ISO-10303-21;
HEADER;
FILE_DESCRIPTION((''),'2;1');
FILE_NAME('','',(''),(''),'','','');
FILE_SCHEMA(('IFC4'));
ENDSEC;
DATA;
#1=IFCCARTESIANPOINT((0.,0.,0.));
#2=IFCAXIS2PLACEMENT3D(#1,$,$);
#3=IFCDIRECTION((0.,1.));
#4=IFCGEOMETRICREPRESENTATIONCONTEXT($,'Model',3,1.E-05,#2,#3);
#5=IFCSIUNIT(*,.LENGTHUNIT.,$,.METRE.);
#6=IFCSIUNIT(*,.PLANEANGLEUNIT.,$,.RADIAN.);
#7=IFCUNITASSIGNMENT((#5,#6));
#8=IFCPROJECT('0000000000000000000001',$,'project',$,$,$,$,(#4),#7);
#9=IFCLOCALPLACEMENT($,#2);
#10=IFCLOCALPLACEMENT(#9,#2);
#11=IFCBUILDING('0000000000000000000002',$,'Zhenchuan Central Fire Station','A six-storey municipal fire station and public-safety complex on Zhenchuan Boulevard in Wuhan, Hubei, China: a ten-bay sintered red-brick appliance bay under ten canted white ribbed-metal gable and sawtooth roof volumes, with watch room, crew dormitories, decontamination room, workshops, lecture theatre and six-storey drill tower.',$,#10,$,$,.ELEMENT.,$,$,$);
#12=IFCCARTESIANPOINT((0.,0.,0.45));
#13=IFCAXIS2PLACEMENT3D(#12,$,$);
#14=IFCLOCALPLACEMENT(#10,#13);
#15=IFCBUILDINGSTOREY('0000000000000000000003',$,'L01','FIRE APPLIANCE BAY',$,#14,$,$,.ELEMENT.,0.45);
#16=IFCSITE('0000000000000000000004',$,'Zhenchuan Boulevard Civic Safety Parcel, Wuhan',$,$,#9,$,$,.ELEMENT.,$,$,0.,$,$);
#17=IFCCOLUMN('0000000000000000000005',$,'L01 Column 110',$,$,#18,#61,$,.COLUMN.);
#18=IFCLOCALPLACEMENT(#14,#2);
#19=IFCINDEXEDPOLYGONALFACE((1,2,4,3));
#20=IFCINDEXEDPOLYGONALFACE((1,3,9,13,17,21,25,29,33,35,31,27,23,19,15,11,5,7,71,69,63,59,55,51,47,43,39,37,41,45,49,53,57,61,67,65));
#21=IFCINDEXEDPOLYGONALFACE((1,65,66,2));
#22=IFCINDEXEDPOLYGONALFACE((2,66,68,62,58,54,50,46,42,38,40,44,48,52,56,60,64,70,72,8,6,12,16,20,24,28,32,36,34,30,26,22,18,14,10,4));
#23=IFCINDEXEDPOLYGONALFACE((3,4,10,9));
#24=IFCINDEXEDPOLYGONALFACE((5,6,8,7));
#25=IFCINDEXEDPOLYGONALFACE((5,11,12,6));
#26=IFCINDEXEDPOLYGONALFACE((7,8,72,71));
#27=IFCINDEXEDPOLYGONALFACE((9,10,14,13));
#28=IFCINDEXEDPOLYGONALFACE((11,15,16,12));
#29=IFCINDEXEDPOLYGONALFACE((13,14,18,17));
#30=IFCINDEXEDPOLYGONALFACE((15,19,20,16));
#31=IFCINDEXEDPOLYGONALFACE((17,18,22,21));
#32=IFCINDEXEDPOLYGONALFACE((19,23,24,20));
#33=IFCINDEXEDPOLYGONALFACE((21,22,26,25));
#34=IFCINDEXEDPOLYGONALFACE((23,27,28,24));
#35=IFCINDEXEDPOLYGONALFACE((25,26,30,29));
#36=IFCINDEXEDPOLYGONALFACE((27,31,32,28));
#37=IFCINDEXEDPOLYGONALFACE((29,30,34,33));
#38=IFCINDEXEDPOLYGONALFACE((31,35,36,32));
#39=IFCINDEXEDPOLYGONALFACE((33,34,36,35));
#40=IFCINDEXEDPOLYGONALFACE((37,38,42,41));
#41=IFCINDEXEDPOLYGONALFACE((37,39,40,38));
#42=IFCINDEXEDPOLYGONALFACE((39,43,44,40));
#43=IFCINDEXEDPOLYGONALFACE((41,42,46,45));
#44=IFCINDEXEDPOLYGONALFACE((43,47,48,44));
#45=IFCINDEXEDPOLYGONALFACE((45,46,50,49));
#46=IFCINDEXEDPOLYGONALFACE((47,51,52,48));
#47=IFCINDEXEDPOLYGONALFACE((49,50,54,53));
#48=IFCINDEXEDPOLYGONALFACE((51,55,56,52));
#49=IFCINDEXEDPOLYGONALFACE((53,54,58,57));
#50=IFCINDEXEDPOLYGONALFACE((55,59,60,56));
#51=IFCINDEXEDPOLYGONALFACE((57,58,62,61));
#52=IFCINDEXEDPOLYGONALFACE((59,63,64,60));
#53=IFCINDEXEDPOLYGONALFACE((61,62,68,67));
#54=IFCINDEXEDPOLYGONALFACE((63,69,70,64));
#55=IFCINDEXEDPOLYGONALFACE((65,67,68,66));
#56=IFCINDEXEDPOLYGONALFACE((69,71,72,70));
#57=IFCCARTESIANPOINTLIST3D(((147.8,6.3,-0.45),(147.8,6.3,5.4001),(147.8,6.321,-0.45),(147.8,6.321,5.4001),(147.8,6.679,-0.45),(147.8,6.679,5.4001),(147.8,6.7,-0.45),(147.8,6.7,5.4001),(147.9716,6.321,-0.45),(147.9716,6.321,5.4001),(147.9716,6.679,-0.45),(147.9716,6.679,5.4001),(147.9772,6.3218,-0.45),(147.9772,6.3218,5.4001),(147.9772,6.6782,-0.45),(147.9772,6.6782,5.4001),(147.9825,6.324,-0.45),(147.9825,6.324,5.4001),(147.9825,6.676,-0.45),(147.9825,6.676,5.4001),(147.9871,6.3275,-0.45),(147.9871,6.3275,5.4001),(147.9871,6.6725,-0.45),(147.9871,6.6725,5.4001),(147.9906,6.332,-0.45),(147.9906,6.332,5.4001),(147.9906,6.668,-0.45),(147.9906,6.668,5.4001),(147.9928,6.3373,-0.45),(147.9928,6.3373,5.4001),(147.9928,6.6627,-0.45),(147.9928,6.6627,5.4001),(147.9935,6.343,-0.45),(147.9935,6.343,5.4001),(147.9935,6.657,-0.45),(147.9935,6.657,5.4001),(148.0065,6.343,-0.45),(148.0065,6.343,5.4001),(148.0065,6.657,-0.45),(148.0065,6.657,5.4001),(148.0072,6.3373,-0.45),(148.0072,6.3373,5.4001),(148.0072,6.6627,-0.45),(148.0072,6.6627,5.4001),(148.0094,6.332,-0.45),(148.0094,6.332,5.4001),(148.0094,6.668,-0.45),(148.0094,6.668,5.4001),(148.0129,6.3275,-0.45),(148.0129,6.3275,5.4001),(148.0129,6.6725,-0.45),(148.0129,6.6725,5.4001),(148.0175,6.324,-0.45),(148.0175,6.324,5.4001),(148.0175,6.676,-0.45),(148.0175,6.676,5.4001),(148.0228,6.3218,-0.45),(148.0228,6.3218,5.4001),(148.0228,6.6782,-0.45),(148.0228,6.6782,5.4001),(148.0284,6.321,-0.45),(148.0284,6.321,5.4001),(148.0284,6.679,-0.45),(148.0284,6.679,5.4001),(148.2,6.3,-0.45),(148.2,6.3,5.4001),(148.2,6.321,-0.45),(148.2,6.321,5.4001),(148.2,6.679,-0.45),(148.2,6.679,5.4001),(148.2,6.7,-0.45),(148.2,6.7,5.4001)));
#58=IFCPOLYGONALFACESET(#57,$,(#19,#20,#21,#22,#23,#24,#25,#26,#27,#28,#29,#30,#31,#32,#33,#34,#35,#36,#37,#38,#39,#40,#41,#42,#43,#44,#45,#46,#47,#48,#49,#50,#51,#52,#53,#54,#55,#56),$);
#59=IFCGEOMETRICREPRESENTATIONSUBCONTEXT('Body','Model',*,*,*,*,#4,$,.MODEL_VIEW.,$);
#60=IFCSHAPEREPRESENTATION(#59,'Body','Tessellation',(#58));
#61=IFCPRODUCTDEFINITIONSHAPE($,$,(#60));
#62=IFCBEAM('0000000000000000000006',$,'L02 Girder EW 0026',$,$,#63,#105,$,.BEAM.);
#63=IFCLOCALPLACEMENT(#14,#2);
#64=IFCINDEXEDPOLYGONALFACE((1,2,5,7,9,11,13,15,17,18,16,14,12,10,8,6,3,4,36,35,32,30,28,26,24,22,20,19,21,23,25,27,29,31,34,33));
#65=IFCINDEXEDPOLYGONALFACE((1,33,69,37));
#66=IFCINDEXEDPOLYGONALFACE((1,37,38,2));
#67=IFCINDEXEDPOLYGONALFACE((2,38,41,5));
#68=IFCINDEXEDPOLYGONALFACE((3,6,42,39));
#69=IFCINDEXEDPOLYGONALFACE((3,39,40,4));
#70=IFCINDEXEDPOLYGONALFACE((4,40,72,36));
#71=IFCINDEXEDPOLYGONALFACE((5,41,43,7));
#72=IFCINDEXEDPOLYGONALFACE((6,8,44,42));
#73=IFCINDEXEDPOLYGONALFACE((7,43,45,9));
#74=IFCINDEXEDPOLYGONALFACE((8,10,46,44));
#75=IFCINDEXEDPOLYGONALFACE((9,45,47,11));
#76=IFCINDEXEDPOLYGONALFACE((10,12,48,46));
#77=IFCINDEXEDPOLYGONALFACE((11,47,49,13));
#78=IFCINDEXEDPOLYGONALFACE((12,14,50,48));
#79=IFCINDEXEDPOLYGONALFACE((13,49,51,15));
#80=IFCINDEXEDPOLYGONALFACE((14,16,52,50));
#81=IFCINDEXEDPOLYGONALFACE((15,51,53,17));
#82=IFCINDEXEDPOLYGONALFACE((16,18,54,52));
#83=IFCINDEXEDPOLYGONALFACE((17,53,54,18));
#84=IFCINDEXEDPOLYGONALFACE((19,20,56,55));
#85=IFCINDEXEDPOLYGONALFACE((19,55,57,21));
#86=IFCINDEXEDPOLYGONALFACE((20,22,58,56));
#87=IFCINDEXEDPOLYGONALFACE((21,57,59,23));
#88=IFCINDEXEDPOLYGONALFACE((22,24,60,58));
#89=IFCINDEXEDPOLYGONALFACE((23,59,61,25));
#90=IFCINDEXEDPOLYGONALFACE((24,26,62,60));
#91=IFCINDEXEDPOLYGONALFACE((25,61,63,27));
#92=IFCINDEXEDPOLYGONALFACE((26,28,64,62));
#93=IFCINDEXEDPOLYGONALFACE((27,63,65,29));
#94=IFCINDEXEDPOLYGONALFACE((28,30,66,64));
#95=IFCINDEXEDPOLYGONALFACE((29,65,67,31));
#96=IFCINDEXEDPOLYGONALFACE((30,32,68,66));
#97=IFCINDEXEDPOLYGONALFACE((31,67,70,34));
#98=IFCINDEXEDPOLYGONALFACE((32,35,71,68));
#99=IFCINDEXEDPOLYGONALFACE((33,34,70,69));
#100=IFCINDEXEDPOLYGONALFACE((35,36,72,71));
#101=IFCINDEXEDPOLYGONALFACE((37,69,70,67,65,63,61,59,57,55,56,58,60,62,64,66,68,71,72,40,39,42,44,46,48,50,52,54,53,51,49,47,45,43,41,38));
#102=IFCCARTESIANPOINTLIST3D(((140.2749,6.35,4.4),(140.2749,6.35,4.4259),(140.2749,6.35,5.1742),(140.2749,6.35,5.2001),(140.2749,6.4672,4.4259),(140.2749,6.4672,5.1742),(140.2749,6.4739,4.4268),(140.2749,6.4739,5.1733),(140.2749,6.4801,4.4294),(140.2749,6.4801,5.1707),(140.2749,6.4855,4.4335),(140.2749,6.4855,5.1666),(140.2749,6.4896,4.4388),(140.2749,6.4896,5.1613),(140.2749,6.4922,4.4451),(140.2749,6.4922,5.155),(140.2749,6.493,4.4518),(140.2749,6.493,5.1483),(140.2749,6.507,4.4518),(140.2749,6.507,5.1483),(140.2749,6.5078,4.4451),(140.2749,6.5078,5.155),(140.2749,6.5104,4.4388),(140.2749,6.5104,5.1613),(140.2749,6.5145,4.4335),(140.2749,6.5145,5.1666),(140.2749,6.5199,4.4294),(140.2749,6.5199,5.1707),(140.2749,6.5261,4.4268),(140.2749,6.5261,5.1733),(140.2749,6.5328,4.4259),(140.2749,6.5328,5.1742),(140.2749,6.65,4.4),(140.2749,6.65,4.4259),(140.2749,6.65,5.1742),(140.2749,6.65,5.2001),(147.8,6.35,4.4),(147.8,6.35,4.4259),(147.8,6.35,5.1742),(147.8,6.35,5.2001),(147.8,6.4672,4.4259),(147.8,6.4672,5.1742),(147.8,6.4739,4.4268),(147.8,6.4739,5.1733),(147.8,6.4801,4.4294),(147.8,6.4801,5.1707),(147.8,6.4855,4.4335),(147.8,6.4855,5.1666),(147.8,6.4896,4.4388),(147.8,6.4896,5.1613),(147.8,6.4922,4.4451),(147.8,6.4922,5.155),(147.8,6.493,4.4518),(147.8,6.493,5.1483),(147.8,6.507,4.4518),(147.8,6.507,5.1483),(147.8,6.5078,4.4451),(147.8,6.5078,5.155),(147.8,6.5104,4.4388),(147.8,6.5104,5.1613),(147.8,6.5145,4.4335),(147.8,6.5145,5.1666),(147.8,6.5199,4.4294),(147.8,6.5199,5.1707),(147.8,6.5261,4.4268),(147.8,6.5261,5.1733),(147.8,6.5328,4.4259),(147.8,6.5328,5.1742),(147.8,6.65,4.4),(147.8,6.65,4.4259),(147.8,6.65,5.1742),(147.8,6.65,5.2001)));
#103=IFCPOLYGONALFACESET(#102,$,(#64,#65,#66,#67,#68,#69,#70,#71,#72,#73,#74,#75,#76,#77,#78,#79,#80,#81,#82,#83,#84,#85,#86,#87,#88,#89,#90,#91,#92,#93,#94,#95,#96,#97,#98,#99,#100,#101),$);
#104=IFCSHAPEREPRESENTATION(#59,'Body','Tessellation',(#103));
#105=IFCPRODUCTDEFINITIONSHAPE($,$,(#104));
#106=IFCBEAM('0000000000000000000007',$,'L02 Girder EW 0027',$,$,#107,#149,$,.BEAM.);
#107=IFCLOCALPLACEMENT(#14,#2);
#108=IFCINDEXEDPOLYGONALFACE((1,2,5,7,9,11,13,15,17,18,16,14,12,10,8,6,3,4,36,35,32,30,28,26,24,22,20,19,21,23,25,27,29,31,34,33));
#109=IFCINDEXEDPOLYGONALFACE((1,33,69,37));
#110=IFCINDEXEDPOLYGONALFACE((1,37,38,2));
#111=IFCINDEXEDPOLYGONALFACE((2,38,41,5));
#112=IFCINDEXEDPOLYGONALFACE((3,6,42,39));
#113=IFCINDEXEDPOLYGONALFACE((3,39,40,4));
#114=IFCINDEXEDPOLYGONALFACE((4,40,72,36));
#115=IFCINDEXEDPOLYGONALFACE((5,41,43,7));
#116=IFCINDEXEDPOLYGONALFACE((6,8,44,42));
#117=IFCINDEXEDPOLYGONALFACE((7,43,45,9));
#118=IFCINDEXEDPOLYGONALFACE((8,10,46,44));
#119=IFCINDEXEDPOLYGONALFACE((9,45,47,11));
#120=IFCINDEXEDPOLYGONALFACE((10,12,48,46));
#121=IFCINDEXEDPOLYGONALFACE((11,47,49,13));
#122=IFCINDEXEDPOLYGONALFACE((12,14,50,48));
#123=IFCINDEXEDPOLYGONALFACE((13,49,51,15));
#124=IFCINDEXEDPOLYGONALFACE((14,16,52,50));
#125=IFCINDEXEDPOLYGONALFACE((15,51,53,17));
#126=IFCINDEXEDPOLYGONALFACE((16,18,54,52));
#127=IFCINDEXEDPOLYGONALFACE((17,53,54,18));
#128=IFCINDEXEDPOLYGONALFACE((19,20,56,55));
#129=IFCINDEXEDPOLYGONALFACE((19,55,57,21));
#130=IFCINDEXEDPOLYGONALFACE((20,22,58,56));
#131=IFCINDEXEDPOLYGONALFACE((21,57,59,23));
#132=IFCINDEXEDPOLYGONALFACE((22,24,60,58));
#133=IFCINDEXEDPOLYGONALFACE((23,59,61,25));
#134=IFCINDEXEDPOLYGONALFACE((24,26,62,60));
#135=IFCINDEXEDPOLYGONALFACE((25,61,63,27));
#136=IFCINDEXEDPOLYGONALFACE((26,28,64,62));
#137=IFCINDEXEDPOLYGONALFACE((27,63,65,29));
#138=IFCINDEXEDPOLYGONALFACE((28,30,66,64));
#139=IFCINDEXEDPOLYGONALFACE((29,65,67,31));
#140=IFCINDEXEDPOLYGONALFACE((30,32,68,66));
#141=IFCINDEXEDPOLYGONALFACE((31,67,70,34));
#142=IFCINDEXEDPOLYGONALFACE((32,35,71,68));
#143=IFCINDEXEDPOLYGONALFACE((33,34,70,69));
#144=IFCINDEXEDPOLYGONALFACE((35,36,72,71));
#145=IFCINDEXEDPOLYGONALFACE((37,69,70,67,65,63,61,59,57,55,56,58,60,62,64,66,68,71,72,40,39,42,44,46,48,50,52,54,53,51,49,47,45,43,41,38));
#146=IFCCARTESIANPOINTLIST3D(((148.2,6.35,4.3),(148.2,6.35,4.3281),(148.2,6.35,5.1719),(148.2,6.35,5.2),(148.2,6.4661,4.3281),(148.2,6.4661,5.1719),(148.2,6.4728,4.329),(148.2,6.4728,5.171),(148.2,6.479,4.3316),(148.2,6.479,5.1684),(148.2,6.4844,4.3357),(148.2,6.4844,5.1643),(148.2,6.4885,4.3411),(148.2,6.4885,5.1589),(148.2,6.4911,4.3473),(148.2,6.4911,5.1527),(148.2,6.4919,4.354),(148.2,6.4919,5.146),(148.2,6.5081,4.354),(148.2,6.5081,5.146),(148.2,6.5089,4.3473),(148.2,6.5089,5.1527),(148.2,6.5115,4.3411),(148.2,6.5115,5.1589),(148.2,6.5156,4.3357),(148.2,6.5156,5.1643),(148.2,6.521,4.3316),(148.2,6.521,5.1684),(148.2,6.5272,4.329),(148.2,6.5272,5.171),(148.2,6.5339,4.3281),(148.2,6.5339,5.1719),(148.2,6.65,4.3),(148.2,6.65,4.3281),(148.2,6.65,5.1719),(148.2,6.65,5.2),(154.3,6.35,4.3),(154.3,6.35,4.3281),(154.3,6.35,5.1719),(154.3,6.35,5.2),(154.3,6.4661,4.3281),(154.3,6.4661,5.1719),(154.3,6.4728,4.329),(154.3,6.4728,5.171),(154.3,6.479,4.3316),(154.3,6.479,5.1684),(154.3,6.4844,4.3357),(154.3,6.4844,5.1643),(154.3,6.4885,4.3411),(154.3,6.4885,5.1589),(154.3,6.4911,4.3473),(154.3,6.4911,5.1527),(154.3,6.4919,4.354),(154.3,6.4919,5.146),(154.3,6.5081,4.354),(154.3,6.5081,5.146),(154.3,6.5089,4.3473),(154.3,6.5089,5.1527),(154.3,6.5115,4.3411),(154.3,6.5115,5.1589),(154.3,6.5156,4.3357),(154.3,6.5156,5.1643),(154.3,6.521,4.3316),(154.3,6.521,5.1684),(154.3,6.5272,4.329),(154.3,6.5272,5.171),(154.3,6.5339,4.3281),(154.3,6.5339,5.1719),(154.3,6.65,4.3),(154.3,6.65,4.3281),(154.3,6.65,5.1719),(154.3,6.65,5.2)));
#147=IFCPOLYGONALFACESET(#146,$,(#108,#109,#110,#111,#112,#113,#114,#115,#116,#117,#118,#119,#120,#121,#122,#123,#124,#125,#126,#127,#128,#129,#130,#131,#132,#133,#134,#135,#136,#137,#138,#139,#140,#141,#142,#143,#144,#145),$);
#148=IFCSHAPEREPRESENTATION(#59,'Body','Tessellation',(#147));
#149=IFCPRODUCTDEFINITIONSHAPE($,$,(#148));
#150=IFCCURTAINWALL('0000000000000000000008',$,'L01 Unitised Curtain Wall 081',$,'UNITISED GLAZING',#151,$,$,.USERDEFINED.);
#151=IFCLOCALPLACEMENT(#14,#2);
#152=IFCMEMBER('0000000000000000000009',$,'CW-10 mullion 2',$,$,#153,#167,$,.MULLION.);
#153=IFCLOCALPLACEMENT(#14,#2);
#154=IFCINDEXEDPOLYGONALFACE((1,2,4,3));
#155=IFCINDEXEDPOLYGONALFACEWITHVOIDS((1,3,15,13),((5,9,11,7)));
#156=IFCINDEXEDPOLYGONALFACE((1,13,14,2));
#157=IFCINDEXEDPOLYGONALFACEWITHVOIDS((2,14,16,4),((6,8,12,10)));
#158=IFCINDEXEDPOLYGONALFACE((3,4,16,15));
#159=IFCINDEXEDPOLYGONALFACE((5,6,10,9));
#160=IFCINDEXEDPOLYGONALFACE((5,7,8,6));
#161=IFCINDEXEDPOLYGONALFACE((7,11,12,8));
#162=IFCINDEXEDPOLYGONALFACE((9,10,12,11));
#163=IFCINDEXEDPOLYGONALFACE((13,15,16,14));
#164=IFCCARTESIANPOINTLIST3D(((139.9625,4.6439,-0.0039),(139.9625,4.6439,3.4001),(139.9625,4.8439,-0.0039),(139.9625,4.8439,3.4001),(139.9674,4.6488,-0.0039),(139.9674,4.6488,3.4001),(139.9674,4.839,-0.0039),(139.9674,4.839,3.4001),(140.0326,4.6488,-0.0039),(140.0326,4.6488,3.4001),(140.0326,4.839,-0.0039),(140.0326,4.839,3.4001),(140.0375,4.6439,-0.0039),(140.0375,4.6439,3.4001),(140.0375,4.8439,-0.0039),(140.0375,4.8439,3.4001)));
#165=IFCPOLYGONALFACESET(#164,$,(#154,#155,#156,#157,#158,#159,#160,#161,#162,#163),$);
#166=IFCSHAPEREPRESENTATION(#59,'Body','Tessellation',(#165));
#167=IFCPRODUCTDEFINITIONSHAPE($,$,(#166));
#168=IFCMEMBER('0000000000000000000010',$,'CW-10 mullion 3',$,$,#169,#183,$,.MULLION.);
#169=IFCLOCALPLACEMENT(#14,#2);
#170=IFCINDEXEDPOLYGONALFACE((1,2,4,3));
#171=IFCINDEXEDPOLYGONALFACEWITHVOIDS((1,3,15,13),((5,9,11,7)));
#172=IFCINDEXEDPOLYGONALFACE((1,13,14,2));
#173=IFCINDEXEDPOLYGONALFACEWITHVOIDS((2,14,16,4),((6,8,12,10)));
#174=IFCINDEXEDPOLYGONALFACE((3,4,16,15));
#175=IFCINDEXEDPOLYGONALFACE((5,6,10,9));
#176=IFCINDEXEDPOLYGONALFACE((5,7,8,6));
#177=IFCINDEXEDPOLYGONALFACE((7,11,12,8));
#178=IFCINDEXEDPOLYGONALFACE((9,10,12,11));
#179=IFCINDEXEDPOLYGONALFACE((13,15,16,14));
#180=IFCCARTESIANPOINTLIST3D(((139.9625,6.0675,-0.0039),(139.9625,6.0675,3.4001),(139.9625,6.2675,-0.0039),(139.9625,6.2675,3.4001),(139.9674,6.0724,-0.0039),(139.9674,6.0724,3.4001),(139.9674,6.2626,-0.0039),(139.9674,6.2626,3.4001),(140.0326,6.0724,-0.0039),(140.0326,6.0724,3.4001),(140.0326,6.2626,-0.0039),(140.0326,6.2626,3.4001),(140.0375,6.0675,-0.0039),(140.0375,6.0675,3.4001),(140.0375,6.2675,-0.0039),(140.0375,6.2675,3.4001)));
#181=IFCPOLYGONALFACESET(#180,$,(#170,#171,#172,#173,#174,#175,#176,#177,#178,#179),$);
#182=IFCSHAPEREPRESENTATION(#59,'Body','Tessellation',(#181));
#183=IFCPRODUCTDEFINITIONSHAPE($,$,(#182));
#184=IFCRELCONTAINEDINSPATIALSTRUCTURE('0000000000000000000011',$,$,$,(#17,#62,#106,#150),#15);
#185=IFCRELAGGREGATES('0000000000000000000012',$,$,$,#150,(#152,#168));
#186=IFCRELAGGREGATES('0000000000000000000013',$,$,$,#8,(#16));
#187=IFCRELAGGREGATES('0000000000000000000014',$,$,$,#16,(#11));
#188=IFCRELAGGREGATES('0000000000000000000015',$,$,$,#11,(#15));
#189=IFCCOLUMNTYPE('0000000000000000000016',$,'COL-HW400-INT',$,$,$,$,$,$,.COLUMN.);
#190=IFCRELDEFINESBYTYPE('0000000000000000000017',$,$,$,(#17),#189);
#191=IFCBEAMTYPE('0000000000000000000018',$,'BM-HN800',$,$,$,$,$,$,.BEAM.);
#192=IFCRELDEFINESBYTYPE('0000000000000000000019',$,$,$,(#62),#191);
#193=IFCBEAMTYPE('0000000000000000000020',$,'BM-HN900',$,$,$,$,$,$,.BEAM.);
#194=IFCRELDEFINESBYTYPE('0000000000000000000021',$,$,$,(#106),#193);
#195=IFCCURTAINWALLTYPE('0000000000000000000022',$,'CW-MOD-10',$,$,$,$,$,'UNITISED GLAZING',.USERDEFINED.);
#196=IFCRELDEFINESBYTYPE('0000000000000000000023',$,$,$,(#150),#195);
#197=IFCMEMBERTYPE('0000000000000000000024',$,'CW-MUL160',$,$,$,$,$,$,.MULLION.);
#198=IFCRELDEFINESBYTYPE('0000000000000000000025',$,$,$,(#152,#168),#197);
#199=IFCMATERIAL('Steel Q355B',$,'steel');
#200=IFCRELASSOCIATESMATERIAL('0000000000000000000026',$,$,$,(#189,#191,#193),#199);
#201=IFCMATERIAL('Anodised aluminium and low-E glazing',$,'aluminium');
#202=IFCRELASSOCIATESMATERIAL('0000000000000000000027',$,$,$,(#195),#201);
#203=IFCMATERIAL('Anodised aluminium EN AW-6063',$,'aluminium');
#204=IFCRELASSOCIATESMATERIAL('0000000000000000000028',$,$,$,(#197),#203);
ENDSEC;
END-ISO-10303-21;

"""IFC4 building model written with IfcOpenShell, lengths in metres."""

from ifc_helpers import new_model, si_unit, direction, frame, origin, origin_2d, place, context, subcontext, project, spatial, hollow_rectangle, i_section, extrude, material, material_profile, profile_set, type_object, element, aggregate, save


model = new_model("IFC4")

# Units and contexts
model_context = context("Model", 3, precision=1e-05, world=origin(), true_north=direction((0.0, 1.0)))
body_context = subcontext(model_context, "Body", "Model", "MODEL_VIEW")
ifc_project = project(units=[si_unit("LENGTHUNIT", "METRE"), si_unit("PLANEANGLEUNIT", "RADIAN")], contexts=[model_context])

# Site, building, storey
site_placement = place(None, origin())
site = spatial("IfcSite", under=ifc_project, at=site_placement, Name="Zhenchuan Boulevard Civic Safety Parcel, Wuhan", CompositionType="ELEMENT", RefElevation=0.0)
building_placement = place(site_placement, origin())
building = spatial("IfcBuilding", under=site, at=building_placement, Name="Zhenchuan Central Fire Station", Description="A six-storey municipal fire station and public-safety complex on Zhenchuan Boulevard in Wuhan, Hubei, China: a ten-bay sintered red-brick appliance bay under ten canted white ribbed-metal gable and sawtooth roof volumes, with watch room, crew dormitories, decontamination room, workshops, lecture theatre and six-storey drill tower.", CompositionType="ELEMENT")
storey_placement = place(building_placement, frame((0.0, 0.0, 0.45)))
storey = spatial("IfcBuildingStorey", under=building, at=storey_placement, Name="L01", Description="FIRE APPLIANCE BAY", CompositionType="ELEMENT", Elevation=0.45)

# Column
ifc_material_1 = material(Name="Steel Q355B", Category="steel")
ifc_material_profile_1 = material_profile(ifc_material_1, i_section(OverallWidth=0.3999, OverallDepth=0.3999, WebThickness=0.0129, FlangeThickness=0.021, FilletRadius=0.022, at=origin_2d()), Name="HW 400x400")
ifc_profile_set_1 = profile_set([ifc_material_profile_1], Name="Steel Q355B")
column_type_1 = type_object("IfcColumnType", Name="COL-HW400-INT", PredefinedType="COLUMN", material=ifc_profile_set_1)
column_1_placement = place(storey_placement, frame((148.0, 6.5, -0.45), z_axis=(0.0, 0.0, 1.0), x_axis=(1.0, 0.0, 0.0)))
element("IfcColumn", 1, at=column_1_placement, inside=storey, type_object=column_type_1, Name="L01 Column 110", PredefinedType="COLUMN", context=body_context, shape_type="SweptSolid", body=[
    extrude(i_section(OverallWidth=0.3999, OverallDepth=0.3999, WebThickness=0.0129, FlangeThickness=0.021, FilletRadius=0.022, at=origin_2d()), origin(), (0.0, 0.0, 1.0), 5.8501),
])

# Beams
ifc_material_profile_2 = material_profile(ifc_material_1, i_section(OverallWidth=0.3, OverallDepth=0.8, WebThickness=0.0139, FlangeThickness=0.0259, FilletRadius=0.0259, at=origin_2d()), Name="HN 800x300")
ifc_profile_set_2 = profile_set([ifc_material_profile_2], Name="Steel Q355B")
beam_type_1 = type_object("IfcBeamType", Name="BM-HN800", PredefinedType="BEAM", material=ifc_profile_set_2)
beam_1_placement = place(storey_placement, frame((140.2749, 6.5, 4.8), z_axis=(1.0, 0.0, 0.0), x_axis=(0.0, 1.0, 0.0)))
element("IfcBeam", 2, at=beam_1_placement, inside=storey, type_object=beam_type_1, Name="L02 Girder EW 0026", PredefinedType="BEAM", context=body_context, shape_type="SweptSolid", body=[
    extrude(i_section(OverallWidth=0.3, OverallDepth=0.8, WebThickness=0.0139, FlangeThickness=0.0259, FilletRadius=0.0259, at=origin_2d()), origin(), (0.0, 0.0, 1.0), 7.5251),
])
ifc_material_profile_3 = material_profile(ifc_material_1, i_section(OverallWidth=0.3, OverallDepth=0.8999, WebThickness=0.0161, FlangeThickness=0.0281, FilletRadius=0.0259, at=origin_2d()), Name="HN 900x300")
ifc_profile_set_3 = profile_set([ifc_material_profile_3], Name="Steel Q355B")
beam_type_2 = type_object("IfcBeamType", Name="BM-HN900", PredefinedType="BEAM", material=ifc_profile_set_3)
beam_2_placement = place(storey_placement, frame((148.2, 6.5, 4.75), z_axis=(1.0, 0.0, 0.0), x_axis=(0.0, 1.0, 0.0)))
element("IfcBeam", 3, at=beam_2_placement, inside=storey, type_object=beam_type_2, Name="L02 Girder EW 0027", PredefinedType="BEAM", context=body_context, shape_type="SweptSolid", body=[
    extrude(i_section(OverallWidth=0.3, OverallDepth=0.8999, WebThickness=0.0161, FlangeThickness=0.0281, FilletRadius=0.0259, at=origin_2d()), origin(), (0.0, 0.0, 1.0), 6.1001),
])

# Curtain wall, members
ifc_material_2 = material(Name="Anodised aluminium and low-E glazing", Category="aluminium")
curtain_wall_type = type_object("IfcCurtainWallType", Name="CW-MOD-10", ElementType="UNITISED GLAZING", PredefinedType="USERDEFINED", material=ifc_material_2)
curtain_wall_placement = place(storey_placement, origin())
curtain_wall = element("IfcCurtainWall", 4, at=curtain_wall_placement, inside=storey, type_object=curtain_wall_type, Name="L01 Unitised Curtain Wall 081", ObjectType="UNITISED GLAZING", PredefinedType="USERDEFINED")
ifc_material_3 = material(Name="Anodised aluminium EN AW-6063", Category="aluminium")
ifc_material_profile_4 = material_profile(ifc_material_3, hollow_rectangle(XDim=0.075, YDim=0.2, WallThickness=0.0049, at=origin_2d()), Name="ALU-M 200x75")
ifc_profile_set_4 = profile_set([ifc_material_profile_4], Name="Anodised aluminium EN AW-6063")
member_type_1 = type_object("IfcMemberType", Name="CW-MUL160", PredefinedType="MULLION", material=ifc_profile_set_4)
member_1_placement = place(storey_placement, frame((140.0, 4.7439, -0.0039), z_axis=(0.0, 0.0, 1.0), x_axis=(-1.0, 0.0, 0.0)))
member_1 = element("IfcMember", 5, at=member_1_placement, type_object=member_type_1, Name="CW-10 mullion 2", PredefinedType="MULLION", context=body_context, shape_type="SweptSolid", body=[
    extrude(hollow_rectangle(XDim=0.075, YDim=0.2, WallThickness=0.0049, at=origin_2d()), origin(), (0.0, 0.0, 1.0), 3.4041),
])
member_2_placement = place(storey_placement, frame((140.0, 6.1675, -0.0039), z_axis=(0.0, 0.0, 1.0), x_axis=(-1.0, 0.0, 0.0)))
member_2 = element("IfcMember", 6, at=member_2_placement, type_object=member_type_1, Name="CW-10 mullion 3", PredefinedType="MULLION", context=body_context, shape_type="SweptSolid", body=[
    extrude(hollow_rectangle(XDim=0.075, YDim=0.2, WallThickness=0.0049, at=origin_2d()), origin(), (0.0, 0.0, 1.0), 3.4041),
])
aggregate(curtain_wall, [member_1, member_2])

save(model, "model.ifc")
